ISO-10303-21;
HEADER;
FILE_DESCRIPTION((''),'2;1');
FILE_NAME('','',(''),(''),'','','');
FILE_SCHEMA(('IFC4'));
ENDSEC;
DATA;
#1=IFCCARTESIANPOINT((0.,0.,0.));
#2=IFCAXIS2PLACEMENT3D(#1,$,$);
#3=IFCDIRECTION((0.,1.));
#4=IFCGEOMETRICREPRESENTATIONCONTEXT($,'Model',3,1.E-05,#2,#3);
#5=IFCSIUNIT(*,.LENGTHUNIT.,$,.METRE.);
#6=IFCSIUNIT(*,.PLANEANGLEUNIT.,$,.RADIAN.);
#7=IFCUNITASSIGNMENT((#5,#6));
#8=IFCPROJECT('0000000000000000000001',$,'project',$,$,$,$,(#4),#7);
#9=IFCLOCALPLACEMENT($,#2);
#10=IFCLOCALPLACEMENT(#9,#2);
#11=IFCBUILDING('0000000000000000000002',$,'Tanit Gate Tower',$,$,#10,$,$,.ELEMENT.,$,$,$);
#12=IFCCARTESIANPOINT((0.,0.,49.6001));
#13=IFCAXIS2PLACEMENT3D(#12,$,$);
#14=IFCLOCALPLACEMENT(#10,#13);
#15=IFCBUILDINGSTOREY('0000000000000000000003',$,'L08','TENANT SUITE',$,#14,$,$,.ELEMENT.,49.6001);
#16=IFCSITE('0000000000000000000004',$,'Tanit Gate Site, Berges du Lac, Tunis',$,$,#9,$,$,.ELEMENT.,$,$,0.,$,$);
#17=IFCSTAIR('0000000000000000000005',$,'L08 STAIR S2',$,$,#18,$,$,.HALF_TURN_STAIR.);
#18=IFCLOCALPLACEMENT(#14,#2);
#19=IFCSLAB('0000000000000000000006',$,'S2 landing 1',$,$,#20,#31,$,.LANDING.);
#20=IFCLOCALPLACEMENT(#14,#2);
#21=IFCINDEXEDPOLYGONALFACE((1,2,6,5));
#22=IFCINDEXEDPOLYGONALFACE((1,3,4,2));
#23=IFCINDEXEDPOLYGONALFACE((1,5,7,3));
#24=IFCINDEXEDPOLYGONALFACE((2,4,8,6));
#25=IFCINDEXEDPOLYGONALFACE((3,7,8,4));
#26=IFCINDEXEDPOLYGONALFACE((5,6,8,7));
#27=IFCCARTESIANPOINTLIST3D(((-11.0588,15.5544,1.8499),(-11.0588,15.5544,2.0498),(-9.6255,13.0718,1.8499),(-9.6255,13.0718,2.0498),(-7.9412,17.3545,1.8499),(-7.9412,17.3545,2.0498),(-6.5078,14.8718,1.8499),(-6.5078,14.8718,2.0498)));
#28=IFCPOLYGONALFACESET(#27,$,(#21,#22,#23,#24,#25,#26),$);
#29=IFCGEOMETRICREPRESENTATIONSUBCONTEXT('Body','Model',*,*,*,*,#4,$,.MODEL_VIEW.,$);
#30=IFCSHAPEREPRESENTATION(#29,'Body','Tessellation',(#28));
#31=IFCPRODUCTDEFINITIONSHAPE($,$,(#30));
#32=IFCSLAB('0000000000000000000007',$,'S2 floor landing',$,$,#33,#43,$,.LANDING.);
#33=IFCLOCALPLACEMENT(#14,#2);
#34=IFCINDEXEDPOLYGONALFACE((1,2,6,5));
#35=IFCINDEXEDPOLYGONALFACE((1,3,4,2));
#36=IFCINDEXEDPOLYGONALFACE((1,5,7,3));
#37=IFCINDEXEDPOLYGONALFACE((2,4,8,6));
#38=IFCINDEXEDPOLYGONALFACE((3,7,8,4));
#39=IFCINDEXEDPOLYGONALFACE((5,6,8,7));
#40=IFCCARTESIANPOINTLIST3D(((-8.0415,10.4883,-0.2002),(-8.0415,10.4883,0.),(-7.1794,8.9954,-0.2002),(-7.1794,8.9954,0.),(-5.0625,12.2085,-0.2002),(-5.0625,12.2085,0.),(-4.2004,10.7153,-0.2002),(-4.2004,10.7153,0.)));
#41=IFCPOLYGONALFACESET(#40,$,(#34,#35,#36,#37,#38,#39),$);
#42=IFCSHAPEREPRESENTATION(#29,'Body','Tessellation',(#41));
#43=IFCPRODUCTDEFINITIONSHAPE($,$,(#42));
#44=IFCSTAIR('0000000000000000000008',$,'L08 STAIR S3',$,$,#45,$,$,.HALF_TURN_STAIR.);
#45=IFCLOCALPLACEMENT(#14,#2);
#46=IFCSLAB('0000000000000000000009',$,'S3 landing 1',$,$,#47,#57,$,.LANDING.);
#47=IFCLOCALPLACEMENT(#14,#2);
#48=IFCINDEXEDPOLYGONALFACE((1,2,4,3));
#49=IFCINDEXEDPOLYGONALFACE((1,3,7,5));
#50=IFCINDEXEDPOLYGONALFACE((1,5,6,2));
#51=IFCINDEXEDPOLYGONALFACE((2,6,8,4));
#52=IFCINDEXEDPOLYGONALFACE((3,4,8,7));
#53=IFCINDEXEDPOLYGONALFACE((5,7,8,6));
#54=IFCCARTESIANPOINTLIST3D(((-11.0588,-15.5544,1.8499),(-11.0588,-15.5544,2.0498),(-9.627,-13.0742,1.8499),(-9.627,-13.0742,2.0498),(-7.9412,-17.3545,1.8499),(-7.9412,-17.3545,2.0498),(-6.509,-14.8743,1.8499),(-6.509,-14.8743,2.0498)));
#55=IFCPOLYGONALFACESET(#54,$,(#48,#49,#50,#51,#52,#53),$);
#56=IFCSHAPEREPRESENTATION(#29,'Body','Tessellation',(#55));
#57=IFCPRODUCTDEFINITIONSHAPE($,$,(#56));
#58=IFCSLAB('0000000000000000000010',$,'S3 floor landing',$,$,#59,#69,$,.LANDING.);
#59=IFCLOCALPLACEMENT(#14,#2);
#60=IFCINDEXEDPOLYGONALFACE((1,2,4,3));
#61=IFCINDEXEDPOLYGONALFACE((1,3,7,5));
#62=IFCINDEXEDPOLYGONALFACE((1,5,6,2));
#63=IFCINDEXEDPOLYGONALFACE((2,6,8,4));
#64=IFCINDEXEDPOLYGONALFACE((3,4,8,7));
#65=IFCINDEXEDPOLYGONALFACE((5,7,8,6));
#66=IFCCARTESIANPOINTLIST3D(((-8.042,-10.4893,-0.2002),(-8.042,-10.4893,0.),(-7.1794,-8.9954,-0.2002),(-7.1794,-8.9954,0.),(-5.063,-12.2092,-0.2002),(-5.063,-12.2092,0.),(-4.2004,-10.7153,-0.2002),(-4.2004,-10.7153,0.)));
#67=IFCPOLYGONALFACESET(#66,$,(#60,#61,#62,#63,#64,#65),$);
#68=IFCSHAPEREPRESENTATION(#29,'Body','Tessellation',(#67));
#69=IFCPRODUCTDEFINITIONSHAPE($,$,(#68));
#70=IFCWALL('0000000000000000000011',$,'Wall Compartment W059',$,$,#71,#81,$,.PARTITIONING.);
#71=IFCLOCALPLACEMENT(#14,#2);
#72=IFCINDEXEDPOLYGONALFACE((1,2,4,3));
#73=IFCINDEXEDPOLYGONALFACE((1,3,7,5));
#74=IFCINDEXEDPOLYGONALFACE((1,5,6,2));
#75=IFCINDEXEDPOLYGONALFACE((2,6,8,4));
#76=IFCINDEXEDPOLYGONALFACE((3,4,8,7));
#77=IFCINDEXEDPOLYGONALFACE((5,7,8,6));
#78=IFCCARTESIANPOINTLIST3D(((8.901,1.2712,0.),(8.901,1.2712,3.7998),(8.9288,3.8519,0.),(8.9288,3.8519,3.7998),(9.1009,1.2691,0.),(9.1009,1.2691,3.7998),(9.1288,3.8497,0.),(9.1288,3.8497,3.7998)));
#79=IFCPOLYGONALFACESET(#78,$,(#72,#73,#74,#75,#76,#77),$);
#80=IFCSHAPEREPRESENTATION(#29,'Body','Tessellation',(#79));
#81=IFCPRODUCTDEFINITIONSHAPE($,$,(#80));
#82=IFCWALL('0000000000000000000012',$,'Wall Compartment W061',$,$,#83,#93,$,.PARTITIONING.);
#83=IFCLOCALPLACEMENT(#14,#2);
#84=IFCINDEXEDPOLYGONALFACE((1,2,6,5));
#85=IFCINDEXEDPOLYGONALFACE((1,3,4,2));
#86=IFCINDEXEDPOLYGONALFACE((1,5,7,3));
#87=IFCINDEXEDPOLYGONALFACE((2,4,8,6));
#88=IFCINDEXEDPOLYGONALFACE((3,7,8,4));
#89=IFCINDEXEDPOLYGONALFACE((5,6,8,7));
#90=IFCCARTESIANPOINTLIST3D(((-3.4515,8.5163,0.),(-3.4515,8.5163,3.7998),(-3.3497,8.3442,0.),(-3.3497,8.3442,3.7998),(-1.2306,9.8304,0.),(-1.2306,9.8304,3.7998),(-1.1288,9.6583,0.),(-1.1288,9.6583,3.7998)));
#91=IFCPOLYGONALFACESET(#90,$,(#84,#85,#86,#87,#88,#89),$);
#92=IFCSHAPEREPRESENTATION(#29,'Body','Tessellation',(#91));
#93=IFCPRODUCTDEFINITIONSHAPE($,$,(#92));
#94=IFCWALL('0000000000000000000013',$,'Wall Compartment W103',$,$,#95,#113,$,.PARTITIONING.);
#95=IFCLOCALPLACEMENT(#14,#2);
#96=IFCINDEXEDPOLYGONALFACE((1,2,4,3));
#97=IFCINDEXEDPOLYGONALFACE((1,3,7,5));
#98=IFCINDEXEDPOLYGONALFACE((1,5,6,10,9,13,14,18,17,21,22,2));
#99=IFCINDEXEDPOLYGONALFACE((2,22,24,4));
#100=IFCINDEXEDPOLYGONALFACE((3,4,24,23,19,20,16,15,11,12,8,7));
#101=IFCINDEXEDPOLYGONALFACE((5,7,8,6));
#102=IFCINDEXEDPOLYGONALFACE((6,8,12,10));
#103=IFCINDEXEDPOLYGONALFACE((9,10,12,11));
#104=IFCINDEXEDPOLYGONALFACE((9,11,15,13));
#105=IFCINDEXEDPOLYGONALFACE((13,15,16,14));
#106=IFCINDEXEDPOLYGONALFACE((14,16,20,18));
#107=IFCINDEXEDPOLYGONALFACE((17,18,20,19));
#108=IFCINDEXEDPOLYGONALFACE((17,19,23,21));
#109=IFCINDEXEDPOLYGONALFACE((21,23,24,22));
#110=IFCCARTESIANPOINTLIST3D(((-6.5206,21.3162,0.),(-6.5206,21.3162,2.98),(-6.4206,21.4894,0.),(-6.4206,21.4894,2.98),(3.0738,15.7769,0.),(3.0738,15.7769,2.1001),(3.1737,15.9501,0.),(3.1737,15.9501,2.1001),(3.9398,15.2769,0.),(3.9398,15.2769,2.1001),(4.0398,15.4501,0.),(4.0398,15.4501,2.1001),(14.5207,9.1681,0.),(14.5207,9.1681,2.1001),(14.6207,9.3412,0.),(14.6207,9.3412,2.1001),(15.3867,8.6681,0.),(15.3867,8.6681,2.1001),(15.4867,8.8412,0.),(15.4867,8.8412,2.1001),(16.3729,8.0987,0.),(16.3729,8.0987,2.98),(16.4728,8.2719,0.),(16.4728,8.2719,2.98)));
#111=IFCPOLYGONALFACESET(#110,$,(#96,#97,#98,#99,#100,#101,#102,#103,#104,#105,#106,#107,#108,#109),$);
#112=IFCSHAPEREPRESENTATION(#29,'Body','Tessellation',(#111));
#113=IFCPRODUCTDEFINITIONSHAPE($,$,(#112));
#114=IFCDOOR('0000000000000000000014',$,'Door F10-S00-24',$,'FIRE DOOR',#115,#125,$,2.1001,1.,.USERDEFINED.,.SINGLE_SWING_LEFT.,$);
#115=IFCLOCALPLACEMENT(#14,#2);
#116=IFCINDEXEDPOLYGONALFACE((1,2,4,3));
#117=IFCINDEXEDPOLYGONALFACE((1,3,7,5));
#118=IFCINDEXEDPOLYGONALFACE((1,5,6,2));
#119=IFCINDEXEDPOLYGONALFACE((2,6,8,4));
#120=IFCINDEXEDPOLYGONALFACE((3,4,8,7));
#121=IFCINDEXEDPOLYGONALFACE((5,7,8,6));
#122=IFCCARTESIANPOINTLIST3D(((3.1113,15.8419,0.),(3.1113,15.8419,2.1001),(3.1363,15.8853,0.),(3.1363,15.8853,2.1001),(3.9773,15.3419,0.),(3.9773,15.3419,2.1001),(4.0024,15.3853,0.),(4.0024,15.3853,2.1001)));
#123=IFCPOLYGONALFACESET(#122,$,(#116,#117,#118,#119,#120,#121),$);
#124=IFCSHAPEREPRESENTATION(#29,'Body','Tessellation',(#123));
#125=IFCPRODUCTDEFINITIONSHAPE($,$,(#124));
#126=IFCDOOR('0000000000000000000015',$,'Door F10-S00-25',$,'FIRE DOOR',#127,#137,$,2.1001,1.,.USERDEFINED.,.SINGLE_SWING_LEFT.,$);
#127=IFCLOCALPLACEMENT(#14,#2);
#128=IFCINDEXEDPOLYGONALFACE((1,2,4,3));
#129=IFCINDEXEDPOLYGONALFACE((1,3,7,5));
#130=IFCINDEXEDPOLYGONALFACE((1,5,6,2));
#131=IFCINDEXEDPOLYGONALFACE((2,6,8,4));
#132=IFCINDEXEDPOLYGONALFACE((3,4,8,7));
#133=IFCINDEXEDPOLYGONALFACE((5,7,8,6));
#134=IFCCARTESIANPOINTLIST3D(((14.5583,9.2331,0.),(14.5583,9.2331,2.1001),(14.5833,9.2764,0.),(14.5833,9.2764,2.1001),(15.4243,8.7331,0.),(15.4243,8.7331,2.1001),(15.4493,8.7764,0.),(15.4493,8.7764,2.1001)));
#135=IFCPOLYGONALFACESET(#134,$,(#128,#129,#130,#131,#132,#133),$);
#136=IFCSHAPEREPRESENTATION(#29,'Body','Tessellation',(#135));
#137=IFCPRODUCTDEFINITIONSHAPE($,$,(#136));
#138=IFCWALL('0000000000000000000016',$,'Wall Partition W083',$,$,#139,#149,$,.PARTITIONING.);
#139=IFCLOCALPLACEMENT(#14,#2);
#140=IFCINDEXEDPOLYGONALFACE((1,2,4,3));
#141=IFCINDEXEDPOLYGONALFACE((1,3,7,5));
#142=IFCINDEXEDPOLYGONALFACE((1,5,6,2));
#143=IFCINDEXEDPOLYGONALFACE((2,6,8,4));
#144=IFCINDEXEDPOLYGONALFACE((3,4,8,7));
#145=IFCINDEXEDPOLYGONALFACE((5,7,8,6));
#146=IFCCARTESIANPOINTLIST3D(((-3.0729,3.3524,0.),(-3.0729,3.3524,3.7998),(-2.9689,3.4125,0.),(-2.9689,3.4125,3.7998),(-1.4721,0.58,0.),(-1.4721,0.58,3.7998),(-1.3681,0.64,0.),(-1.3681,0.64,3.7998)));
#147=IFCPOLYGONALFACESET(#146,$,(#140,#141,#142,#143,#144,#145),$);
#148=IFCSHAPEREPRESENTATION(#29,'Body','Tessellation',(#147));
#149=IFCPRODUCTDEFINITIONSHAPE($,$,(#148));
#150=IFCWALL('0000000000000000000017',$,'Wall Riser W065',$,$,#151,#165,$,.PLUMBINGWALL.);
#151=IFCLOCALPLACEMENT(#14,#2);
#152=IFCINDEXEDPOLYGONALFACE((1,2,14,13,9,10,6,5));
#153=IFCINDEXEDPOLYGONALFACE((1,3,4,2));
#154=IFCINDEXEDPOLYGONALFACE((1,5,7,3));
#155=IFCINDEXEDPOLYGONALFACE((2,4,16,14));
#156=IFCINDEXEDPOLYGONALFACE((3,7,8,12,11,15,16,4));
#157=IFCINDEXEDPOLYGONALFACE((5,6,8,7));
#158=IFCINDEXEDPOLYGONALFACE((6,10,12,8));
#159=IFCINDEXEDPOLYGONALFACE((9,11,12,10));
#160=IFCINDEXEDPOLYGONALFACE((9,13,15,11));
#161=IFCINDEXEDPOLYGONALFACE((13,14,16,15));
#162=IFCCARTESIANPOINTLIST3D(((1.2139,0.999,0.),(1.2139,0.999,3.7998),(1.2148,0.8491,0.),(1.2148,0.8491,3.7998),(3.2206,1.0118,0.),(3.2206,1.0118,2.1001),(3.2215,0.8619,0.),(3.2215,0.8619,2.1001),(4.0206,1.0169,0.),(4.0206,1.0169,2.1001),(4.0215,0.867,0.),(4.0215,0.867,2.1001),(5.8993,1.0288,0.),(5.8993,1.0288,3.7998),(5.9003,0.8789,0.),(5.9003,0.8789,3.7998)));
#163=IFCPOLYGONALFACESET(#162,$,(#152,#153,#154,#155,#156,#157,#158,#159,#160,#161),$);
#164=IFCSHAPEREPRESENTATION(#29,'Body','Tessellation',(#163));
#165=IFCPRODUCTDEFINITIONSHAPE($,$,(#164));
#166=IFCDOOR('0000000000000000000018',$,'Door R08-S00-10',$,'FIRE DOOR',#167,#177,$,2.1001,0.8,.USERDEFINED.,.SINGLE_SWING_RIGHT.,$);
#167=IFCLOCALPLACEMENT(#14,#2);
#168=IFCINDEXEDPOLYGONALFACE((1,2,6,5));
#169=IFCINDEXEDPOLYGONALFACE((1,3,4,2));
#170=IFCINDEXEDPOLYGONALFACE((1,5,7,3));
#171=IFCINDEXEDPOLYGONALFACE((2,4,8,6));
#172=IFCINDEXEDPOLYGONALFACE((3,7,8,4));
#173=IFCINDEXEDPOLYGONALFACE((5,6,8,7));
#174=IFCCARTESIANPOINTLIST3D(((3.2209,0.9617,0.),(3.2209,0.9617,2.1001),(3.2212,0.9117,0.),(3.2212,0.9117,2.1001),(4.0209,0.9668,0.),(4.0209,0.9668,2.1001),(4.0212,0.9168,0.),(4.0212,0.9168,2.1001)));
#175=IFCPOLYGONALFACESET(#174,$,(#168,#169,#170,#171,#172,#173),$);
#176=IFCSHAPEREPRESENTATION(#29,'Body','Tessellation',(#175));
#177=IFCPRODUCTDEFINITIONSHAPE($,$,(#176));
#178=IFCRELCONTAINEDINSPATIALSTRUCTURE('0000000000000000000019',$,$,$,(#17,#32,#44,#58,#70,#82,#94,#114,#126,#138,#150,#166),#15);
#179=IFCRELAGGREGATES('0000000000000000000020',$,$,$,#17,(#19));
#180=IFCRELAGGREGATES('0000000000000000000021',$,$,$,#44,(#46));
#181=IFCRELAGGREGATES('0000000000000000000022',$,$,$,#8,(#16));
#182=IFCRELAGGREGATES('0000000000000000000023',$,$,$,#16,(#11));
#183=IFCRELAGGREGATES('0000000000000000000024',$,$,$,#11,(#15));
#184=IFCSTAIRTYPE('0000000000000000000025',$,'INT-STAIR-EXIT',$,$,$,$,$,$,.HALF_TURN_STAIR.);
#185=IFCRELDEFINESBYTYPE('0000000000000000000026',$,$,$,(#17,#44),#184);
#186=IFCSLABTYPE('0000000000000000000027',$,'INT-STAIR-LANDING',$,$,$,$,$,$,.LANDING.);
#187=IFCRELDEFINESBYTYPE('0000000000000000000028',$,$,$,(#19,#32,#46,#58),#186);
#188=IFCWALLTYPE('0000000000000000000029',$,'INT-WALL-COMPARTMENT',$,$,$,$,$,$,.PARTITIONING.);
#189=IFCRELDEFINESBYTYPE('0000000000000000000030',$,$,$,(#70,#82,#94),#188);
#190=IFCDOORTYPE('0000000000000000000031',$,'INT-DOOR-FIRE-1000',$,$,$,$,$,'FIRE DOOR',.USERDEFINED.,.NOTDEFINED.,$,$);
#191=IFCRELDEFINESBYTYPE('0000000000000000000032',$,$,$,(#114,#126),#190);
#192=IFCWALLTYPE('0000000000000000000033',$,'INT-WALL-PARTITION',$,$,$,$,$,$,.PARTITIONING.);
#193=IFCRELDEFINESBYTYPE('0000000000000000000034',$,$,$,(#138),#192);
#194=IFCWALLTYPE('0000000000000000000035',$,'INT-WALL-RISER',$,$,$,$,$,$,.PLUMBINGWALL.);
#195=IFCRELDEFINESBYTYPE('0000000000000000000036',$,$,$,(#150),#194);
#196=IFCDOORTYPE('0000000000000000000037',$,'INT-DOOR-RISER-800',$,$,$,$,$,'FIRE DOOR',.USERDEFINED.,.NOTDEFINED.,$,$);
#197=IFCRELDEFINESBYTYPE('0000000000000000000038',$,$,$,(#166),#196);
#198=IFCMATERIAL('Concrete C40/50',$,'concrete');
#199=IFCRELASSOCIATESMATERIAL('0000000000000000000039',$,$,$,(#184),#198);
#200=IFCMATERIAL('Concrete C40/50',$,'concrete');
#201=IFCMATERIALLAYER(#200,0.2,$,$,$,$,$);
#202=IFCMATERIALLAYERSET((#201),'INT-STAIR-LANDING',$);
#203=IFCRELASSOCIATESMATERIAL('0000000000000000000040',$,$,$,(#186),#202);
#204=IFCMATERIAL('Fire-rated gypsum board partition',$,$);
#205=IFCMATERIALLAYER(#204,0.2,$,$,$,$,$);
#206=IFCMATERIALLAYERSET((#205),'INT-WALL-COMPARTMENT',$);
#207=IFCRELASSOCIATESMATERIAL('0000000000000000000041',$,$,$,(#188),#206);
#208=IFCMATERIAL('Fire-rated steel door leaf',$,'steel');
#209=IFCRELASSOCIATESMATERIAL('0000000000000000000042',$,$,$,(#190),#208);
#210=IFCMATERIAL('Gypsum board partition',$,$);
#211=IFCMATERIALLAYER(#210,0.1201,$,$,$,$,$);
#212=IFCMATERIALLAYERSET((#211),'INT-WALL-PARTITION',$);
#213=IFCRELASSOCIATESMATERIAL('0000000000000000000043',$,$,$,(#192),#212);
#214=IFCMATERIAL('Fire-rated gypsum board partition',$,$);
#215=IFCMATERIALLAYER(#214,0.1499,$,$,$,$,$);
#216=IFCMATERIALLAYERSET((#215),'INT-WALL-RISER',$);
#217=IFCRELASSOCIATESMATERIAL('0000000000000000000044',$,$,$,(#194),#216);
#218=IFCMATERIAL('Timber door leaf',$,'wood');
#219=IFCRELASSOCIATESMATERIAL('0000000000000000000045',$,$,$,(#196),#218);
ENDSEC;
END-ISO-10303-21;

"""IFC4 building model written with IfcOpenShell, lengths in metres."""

from ifc_helpers import new_model, si_unit, direction, frame, frame_2d, origin, place, context, subcontext, project, spatial, polyline, rectangle, outline, extrude, material, layer, layer_set, type_object, element, fill, aggregate, save


model = new_model("IFC4")

# Units and contexts
model_context = context("Model", 3, precision=1e-05, world=origin(), true_north=direction((0.0, 1.0)))
body_context = subcontext(model_context, "Body", "Model", "MODEL_VIEW")
ifc_project = project(units=[si_unit("LENGTHUNIT", "METRE"), si_unit("PLANEANGLEUNIT", "RADIAN")], contexts=[model_context])

# Site, building, storey
site_placement = place(None, origin())
site = spatial("IfcSite", under=ifc_project, at=site_placement, Name="Tanit Gate Site, Berges du Lac, Tunis", CompositionType="ELEMENT", RefElevation=0.0)
building_placement = place(site_placement, origin())
building = spatial("IfcBuilding", under=site, at=building_placement, Name="Tanit Gate Tower", CompositionType="ELEMENT")
storey_placement = place(building_placement, frame((0.0, 0.0, 49.6001)))
storey = spatial("IfcBuildingStorey", under=building, at=storey_placement, Name="L08", Description="TENANT SUITE", CompositionType="ELEMENT", Elevation=49.6001)

# Stair, slab
ifc_material_1 = material(Name="Concrete C40/50", Category="concrete")
stair_type = type_object("IfcStairType", Name="INT-STAIR-EXIT", PredefinedType="HALF_TURN_STAIR", material=ifc_material_1)
stair_1_placement = place(storey_placement, origin())
stair_1 = element("IfcStair", 1, at=stair_1_placement, inside=storey, type_object=stair_type, Name="L08 STAIR S2", PredefinedType="HALF_TURN_STAIR")
ifc_material_2 = material(Name="Concrete C40/50", Category="concrete")
ifc_layer_1 = layer(ifc_material_2, 0.2)
ifc_layer_set_1 = layer_set([ifc_layer_1], Name="INT-STAIR-LANDING")
slab_type = type_object("IfcSlabType", Name="INT-STAIR-LANDING", PredefinedType="LANDING", material=ifc_layer_set_1)
slab_1_placement = place(storey_placement, frame((0.0, 0.0, 1.8499)))
slab_1 = element("IfcSlab", 2, at=slab_1_placement, type_object=slab_type, Name="S2 landing 1", PredefinedType="LANDING", context=body_context, shape_type="SweptSolid", body=[
    extrude(outline(polyline([(-6.5078, 14.8718), (-7.9412, 17.3545), (-11.0588, 15.5544), (-9.6255, 13.0718), (-6.5078, 14.8718)])), origin(), (0.0, 0.0, 1.0), 0.2),
])
aggregate(stair_1, [slab_1])

# Slab
slab_2_placement = place(storey_placement, frame((0.0, 0.0, -0.2002)))
element("IfcSlab", 3, at=slab_2_placement, inside=storey, type_object=slab_type, Name="S2 floor landing", PredefinedType="LANDING", context=body_context, shape_type="SweptSolid", body=[
    extrude(outline(polyline([(-4.2004, 10.7153), (-5.0625, 12.2085), (-8.0415, 10.4883), (-7.1794, 8.9954), (-4.2004, 10.7153)])), origin(), (0.0, 0.0, 1.0), 0.2002),
])

# Stair, slab
stair_2_placement = place(storey_placement, origin())
stair_2 = element("IfcStair", 4, at=stair_2_placement, inside=storey, type_object=stair_type, Name="L08 STAIR S3", PredefinedType="HALF_TURN_STAIR")
slab_3_placement = place(storey_placement, frame((0.0, 0.0, 1.8499)))
slab_3 = element("IfcSlab", 5, at=slab_3_placement, type_object=slab_type, Name="S3 landing 1", PredefinedType="LANDING", context=body_context, shape_type="SweptSolid", body=[
    extrude(outline(polyline([(-9.627, -13.0742), (-11.0588, -15.5544), (-7.9412, -17.3545), (-6.509, -14.8743), (-9.627, -13.0742)])), origin(), (0.0, 0.0, 1.0), 0.2),
])
aggregate(stair_2, [slab_3])

# Slab
slab_4_placement = place(storey_placement, frame((0.0, 0.0, -0.2002)))
element("IfcSlab", 6, at=slab_4_placement, inside=storey, type_object=slab_type, Name="S3 floor landing", PredefinedType="LANDING", context=body_context, shape_type="SweptSolid", body=[
    extrude(outline(polyline([(-7.1794, -8.9954), (-8.042, -10.4893), (-5.063, -12.2092), (-4.2004, -10.7153), (-7.1794, -8.9954)])), origin(), (0.0, 0.0, 1.0), 0.2002),
])

# Walls
ifc_material_3 = material(Name="Fire-rated gypsum board partition")
ifc_layer_2 = layer(ifc_material_3, 0.2)
ifc_layer_set_2 = layer_set([ifc_layer_2], Name="INT-WALL-COMPARTMENT")
wall_type_1 = type_object("IfcWallType", Name="INT-WALL-COMPARTMENT", PredefinedType="PARTITIONING", material=ifc_layer_set_2)
wall_1_placement = place(storey_placement, frame((9.001, 1.27, 0.0), z_axis=(0.0, 0.0, 1.0), x_axis=(0.010785, 0.999942, 0.0)))
element("IfcWall", 7, at=wall_1_placement, inside=storey, type_object=wall_type_1, Name="Wall Compartment W059", PredefinedType="PARTITIONING", context=body_context, shape_type="SweptSolid", body=[
    extrude(rectangle(XDim=2.5808, YDim=0.2, at=frame_2d((1.2905, 0.0))), origin(), (0.0, 0.0, 1.0), 3.7998),
])
wall_2_placement = place(storey_placement, frame((-1.1797, 9.7444, 0.0), z_axis=(0.0, 0.0, 1.0), x_axis=(-0.860616, -0.509255, 0.0)))
element("IfcWall", 8, at=wall_2_placement, inside=storey, type_object=wall_type_1, Name="Wall Compartment W061", PredefinedType="PARTITIONING", context=body_context, shape_type="SweptSolid", body=[
    extrude(rectangle(XDim=2.5806, YDim=0.2, at=frame_2d((1.2903, 0.0))), origin(), (0.0, 0.0, 1.0), 3.7998),
])

# Wall, openings, doors
wall_3_placement = place(storey_placement, frame((16.4229, 8.1853, 0.0), z_axis=(0.0, 0.0, 1.0), x_axis=(-0.866027, 0.499998, 0.0)))
wall_3 = element("IfcWall", 9, at=wall_3_placement, inside=storey, type_object=wall_type_1, Name="Wall Compartment W103", PredefinedType="PARTITIONING", context=body_context, shape_type="SweptSolid", body=[
    extrude(rectangle(XDim=26.4351, YDim=0.2, at=frame_2d((13.2175, 0.0))), origin(), (0.0, 0.0, 1.0), 2.98),
])
opening_1_placement = place(wall_3_placement, frame((14.3564, 0.0, 0.0)))
opening_1 = element("IfcOpeningElement", 10, at=opening_1_placement, cuts=wall_3, PredefinedType="OPENING", context=body_context, shape_type="SweptSolid", body=[
    extrude(rectangle(XDim=1.0, YDim=2.1001, at=frame_2d((0.5, 1.05))), frame((0.0, 0.1099, 0.0), z_axis=(0.0, -1.0, 0.0), x_axis=(1.0, 0.0, 0.0)), (0.0, 0.0, 1.0), 0.22),
])
opening_2_placement = place(wall_3_placement, frame((1.1387, 0.0, 0.0)))
opening_2 = element("IfcOpeningElement", 11, at=opening_2_placement, cuts=wall_3, PredefinedType="OPENING", context=body_context, shape_type="SweptSolid", body=[
    extrude(rectangle(XDim=1.0, YDim=2.1001, at=frame_2d((0.5, 1.05))), frame((0.0, 0.1099, 0.0), z_axis=(0.0, -1.0, 0.0), x_axis=(1.0, 0.0, 0.0)), (0.0, 0.0, 1.0), 0.22),
])
ifc_material_4 = material(Name="Fire-rated steel door leaf", Category="steel")
door_type_1 = type_object("IfcDoorType", Name="INT-DOOR-FIRE-1000", ElementType="FIRE DOOR", OperationType="NOTDEFINED", PredefinedType="USERDEFINED", material=ifc_material_4)
door_1_placement = place(opening_1_placement, origin())
door_1 = element("IfcDoor", 12, at=door_1_placement, inside=storey, type_object=door_type_1, Name="Door F10-S00-24", ObjectType="FIRE DOOR", OperationType="SINGLE_SWING_LEFT", OverallHeight=2.1001, OverallWidth=1.0, PredefinedType="USERDEFINED", context=body_context, shape_type="SweptSolid", body=[
    extrude(rectangle(XDim=1.0, YDim=2.1001, at=frame_2d((0.5, 1.05))), frame((0.0, 0.0249, 0.0), z_axis=(0.0, -1.0, 0.0), x_axis=(1.0, 0.0, 0.0)), (0.0, 0.0, 1.0), 0.05),
])
fill(opening_1, door_1)
door_2_placement = place(opening_2_placement, origin())
door_2 = element("IfcDoor", 13, at=door_2_placement, inside=storey, type_object=door_type_1, Name="Door F10-S00-25", ObjectType="FIRE DOOR", OperationType="SINGLE_SWING_LEFT", OverallHeight=2.1001, OverallWidth=1.0, PredefinedType="USERDEFINED", context=body_context, shape_type="SweptSolid", body=[
    extrude(rectangle(XDim=1.0, YDim=2.1001, at=frame_2d((0.5, 1.05))), frame((0.0, 0.0249, 0.0), z_axis=(0.0, -1.0, 0.0), x_axis=(1.0, 0.0, 0.0)), (0.0, 0.0, 1.0), 0.05),
])
fill(opening_2, door_2)

# Wall
ifc_material_5 = material(Name="Gypsum board partition")
ifc_layer_3 = layer(ifc_material_5, 0.1201)
ifc_layer_set_3 = layer_set([ifc_layer_3], Name="INT-WALL-PARTITION")
wall_type_2 = type_object("IfcWallType", Name="INT-WALL-PARTITION", PredefinedType="PARTITIONING", material=ifc_layer_set_3)
wall_4_placement = place(storey_placement, frame((-1.4202, 0.6101, 0.0), z_axis=(0.0, 0.0, 1.0), x_axis=(-0.500035, 0.866005, 0.0)))
element("IfcWall", 14, at=wall_4_placement, inside=storey, type_object=wall_type_2, Name="Wall Partition W083", PredefinedType="PARTITIONING", context=body_context, shape_type="SweptSolid", body=[
    extrude(rectangle(XDim=3.2014, YDim=0.1201, at=frame_2d((1.6006, 0.0))), origin(), (0.0, 0.0, 1.0), 3.7998),
])

# Wall, opening, door
ifc_material_6 = material(Name="Fire-rated gypsum board partition")
ifc_layer_4 = layer(ifc_material_6, 0.1499)
ifc_layer_set_4 = layer_set([ifc_layer_4], Name="INT-WALL-RISER")
wall_type_3 = type_object("IfcWallType", Name="INT-WALL-RISER", PredefinedType="PLUMBINGWALL", material=ifc_layer_set_4)
wall_5_placement = place(storey_placement, frame((1.2144, 0.9241, 0.0), z_axis=(0.0, 0.0, 1.0), x_axis=(0.99998, 0.006357, 0.0)))
wall_5 = element("IfcWall", 15, at=wall_5_placement, inside=storey, type_object=wall_type_3, Name="Wall Riser W065", PredefinedType="PLUMBINGWALL", context=body_context, shape_type="SweptSolid", body=[
    extrude(rectangle(XDim=4.6855, YDim=0.1499, at=frame_2d((2.3428, 0.0))), origin(), (0.0, 0.0, 1.0), 3.7998),
])
opening_3_placement = place(wall_5_placement, frame((2.0068, 0.0, 0.0)))
opening_3 = element("IfcOpeningElement", 16, at=opening_3_placement, cuts=wall_5, PredefinedType="OPENING", context=body_context, shape_type="SweptSolid", body=[
    extrude(rectangle(XDim=0.8, YDim=2.1001, at=frame_2d((0.3999, 1.05))), frame((0.0, 0.085, 0.0), z_axis=(0.0, -1.0, 0.0), x_axis=(1.0, 0.0, 0.0)), (0.0, 0.0, 1.0), 0.1699),
])
ifc_material_7 = material(Name="Timber door leaf", Category="wood")
door_type_2 = type_object("IfcDoorType", Name="INT-DOOR-RISER-800", ElementType="FIRE DOOR", OperationType="NOTDEFINED", PredefinedType="USERDEFINED", material=ifc_material_7)
door_3_placement = place(opening_3_placement, origin())
door_3 = element("IfcDoor", 17, at=door_3_placement, inside=storey, type_object=door_type_2, Name="Door R08-S00-10", ObjectType="FIRE DOOR", OperationType="SINGLE_SWING_RIGHT", OverallHeight=2.1001, OverallWidth=0.8, PredefinedType="USERDEFINED", context=body_context, shape_type="SweptSolid", body=[
    extrude(rectangle(XDim=0.8, YDim=2.1001, at=frame_2d((0.3999, 1.05))), frame((0.0, 0.0249, 0.0), z_axis=(0.0, -1.0, 0.0), x_axis=(1.0, 0.0, 0.0)), (0.0, 0.0, 1.0), 0.05),
])
fill(opening_3, door_3)

save(model, "model.ifc")
